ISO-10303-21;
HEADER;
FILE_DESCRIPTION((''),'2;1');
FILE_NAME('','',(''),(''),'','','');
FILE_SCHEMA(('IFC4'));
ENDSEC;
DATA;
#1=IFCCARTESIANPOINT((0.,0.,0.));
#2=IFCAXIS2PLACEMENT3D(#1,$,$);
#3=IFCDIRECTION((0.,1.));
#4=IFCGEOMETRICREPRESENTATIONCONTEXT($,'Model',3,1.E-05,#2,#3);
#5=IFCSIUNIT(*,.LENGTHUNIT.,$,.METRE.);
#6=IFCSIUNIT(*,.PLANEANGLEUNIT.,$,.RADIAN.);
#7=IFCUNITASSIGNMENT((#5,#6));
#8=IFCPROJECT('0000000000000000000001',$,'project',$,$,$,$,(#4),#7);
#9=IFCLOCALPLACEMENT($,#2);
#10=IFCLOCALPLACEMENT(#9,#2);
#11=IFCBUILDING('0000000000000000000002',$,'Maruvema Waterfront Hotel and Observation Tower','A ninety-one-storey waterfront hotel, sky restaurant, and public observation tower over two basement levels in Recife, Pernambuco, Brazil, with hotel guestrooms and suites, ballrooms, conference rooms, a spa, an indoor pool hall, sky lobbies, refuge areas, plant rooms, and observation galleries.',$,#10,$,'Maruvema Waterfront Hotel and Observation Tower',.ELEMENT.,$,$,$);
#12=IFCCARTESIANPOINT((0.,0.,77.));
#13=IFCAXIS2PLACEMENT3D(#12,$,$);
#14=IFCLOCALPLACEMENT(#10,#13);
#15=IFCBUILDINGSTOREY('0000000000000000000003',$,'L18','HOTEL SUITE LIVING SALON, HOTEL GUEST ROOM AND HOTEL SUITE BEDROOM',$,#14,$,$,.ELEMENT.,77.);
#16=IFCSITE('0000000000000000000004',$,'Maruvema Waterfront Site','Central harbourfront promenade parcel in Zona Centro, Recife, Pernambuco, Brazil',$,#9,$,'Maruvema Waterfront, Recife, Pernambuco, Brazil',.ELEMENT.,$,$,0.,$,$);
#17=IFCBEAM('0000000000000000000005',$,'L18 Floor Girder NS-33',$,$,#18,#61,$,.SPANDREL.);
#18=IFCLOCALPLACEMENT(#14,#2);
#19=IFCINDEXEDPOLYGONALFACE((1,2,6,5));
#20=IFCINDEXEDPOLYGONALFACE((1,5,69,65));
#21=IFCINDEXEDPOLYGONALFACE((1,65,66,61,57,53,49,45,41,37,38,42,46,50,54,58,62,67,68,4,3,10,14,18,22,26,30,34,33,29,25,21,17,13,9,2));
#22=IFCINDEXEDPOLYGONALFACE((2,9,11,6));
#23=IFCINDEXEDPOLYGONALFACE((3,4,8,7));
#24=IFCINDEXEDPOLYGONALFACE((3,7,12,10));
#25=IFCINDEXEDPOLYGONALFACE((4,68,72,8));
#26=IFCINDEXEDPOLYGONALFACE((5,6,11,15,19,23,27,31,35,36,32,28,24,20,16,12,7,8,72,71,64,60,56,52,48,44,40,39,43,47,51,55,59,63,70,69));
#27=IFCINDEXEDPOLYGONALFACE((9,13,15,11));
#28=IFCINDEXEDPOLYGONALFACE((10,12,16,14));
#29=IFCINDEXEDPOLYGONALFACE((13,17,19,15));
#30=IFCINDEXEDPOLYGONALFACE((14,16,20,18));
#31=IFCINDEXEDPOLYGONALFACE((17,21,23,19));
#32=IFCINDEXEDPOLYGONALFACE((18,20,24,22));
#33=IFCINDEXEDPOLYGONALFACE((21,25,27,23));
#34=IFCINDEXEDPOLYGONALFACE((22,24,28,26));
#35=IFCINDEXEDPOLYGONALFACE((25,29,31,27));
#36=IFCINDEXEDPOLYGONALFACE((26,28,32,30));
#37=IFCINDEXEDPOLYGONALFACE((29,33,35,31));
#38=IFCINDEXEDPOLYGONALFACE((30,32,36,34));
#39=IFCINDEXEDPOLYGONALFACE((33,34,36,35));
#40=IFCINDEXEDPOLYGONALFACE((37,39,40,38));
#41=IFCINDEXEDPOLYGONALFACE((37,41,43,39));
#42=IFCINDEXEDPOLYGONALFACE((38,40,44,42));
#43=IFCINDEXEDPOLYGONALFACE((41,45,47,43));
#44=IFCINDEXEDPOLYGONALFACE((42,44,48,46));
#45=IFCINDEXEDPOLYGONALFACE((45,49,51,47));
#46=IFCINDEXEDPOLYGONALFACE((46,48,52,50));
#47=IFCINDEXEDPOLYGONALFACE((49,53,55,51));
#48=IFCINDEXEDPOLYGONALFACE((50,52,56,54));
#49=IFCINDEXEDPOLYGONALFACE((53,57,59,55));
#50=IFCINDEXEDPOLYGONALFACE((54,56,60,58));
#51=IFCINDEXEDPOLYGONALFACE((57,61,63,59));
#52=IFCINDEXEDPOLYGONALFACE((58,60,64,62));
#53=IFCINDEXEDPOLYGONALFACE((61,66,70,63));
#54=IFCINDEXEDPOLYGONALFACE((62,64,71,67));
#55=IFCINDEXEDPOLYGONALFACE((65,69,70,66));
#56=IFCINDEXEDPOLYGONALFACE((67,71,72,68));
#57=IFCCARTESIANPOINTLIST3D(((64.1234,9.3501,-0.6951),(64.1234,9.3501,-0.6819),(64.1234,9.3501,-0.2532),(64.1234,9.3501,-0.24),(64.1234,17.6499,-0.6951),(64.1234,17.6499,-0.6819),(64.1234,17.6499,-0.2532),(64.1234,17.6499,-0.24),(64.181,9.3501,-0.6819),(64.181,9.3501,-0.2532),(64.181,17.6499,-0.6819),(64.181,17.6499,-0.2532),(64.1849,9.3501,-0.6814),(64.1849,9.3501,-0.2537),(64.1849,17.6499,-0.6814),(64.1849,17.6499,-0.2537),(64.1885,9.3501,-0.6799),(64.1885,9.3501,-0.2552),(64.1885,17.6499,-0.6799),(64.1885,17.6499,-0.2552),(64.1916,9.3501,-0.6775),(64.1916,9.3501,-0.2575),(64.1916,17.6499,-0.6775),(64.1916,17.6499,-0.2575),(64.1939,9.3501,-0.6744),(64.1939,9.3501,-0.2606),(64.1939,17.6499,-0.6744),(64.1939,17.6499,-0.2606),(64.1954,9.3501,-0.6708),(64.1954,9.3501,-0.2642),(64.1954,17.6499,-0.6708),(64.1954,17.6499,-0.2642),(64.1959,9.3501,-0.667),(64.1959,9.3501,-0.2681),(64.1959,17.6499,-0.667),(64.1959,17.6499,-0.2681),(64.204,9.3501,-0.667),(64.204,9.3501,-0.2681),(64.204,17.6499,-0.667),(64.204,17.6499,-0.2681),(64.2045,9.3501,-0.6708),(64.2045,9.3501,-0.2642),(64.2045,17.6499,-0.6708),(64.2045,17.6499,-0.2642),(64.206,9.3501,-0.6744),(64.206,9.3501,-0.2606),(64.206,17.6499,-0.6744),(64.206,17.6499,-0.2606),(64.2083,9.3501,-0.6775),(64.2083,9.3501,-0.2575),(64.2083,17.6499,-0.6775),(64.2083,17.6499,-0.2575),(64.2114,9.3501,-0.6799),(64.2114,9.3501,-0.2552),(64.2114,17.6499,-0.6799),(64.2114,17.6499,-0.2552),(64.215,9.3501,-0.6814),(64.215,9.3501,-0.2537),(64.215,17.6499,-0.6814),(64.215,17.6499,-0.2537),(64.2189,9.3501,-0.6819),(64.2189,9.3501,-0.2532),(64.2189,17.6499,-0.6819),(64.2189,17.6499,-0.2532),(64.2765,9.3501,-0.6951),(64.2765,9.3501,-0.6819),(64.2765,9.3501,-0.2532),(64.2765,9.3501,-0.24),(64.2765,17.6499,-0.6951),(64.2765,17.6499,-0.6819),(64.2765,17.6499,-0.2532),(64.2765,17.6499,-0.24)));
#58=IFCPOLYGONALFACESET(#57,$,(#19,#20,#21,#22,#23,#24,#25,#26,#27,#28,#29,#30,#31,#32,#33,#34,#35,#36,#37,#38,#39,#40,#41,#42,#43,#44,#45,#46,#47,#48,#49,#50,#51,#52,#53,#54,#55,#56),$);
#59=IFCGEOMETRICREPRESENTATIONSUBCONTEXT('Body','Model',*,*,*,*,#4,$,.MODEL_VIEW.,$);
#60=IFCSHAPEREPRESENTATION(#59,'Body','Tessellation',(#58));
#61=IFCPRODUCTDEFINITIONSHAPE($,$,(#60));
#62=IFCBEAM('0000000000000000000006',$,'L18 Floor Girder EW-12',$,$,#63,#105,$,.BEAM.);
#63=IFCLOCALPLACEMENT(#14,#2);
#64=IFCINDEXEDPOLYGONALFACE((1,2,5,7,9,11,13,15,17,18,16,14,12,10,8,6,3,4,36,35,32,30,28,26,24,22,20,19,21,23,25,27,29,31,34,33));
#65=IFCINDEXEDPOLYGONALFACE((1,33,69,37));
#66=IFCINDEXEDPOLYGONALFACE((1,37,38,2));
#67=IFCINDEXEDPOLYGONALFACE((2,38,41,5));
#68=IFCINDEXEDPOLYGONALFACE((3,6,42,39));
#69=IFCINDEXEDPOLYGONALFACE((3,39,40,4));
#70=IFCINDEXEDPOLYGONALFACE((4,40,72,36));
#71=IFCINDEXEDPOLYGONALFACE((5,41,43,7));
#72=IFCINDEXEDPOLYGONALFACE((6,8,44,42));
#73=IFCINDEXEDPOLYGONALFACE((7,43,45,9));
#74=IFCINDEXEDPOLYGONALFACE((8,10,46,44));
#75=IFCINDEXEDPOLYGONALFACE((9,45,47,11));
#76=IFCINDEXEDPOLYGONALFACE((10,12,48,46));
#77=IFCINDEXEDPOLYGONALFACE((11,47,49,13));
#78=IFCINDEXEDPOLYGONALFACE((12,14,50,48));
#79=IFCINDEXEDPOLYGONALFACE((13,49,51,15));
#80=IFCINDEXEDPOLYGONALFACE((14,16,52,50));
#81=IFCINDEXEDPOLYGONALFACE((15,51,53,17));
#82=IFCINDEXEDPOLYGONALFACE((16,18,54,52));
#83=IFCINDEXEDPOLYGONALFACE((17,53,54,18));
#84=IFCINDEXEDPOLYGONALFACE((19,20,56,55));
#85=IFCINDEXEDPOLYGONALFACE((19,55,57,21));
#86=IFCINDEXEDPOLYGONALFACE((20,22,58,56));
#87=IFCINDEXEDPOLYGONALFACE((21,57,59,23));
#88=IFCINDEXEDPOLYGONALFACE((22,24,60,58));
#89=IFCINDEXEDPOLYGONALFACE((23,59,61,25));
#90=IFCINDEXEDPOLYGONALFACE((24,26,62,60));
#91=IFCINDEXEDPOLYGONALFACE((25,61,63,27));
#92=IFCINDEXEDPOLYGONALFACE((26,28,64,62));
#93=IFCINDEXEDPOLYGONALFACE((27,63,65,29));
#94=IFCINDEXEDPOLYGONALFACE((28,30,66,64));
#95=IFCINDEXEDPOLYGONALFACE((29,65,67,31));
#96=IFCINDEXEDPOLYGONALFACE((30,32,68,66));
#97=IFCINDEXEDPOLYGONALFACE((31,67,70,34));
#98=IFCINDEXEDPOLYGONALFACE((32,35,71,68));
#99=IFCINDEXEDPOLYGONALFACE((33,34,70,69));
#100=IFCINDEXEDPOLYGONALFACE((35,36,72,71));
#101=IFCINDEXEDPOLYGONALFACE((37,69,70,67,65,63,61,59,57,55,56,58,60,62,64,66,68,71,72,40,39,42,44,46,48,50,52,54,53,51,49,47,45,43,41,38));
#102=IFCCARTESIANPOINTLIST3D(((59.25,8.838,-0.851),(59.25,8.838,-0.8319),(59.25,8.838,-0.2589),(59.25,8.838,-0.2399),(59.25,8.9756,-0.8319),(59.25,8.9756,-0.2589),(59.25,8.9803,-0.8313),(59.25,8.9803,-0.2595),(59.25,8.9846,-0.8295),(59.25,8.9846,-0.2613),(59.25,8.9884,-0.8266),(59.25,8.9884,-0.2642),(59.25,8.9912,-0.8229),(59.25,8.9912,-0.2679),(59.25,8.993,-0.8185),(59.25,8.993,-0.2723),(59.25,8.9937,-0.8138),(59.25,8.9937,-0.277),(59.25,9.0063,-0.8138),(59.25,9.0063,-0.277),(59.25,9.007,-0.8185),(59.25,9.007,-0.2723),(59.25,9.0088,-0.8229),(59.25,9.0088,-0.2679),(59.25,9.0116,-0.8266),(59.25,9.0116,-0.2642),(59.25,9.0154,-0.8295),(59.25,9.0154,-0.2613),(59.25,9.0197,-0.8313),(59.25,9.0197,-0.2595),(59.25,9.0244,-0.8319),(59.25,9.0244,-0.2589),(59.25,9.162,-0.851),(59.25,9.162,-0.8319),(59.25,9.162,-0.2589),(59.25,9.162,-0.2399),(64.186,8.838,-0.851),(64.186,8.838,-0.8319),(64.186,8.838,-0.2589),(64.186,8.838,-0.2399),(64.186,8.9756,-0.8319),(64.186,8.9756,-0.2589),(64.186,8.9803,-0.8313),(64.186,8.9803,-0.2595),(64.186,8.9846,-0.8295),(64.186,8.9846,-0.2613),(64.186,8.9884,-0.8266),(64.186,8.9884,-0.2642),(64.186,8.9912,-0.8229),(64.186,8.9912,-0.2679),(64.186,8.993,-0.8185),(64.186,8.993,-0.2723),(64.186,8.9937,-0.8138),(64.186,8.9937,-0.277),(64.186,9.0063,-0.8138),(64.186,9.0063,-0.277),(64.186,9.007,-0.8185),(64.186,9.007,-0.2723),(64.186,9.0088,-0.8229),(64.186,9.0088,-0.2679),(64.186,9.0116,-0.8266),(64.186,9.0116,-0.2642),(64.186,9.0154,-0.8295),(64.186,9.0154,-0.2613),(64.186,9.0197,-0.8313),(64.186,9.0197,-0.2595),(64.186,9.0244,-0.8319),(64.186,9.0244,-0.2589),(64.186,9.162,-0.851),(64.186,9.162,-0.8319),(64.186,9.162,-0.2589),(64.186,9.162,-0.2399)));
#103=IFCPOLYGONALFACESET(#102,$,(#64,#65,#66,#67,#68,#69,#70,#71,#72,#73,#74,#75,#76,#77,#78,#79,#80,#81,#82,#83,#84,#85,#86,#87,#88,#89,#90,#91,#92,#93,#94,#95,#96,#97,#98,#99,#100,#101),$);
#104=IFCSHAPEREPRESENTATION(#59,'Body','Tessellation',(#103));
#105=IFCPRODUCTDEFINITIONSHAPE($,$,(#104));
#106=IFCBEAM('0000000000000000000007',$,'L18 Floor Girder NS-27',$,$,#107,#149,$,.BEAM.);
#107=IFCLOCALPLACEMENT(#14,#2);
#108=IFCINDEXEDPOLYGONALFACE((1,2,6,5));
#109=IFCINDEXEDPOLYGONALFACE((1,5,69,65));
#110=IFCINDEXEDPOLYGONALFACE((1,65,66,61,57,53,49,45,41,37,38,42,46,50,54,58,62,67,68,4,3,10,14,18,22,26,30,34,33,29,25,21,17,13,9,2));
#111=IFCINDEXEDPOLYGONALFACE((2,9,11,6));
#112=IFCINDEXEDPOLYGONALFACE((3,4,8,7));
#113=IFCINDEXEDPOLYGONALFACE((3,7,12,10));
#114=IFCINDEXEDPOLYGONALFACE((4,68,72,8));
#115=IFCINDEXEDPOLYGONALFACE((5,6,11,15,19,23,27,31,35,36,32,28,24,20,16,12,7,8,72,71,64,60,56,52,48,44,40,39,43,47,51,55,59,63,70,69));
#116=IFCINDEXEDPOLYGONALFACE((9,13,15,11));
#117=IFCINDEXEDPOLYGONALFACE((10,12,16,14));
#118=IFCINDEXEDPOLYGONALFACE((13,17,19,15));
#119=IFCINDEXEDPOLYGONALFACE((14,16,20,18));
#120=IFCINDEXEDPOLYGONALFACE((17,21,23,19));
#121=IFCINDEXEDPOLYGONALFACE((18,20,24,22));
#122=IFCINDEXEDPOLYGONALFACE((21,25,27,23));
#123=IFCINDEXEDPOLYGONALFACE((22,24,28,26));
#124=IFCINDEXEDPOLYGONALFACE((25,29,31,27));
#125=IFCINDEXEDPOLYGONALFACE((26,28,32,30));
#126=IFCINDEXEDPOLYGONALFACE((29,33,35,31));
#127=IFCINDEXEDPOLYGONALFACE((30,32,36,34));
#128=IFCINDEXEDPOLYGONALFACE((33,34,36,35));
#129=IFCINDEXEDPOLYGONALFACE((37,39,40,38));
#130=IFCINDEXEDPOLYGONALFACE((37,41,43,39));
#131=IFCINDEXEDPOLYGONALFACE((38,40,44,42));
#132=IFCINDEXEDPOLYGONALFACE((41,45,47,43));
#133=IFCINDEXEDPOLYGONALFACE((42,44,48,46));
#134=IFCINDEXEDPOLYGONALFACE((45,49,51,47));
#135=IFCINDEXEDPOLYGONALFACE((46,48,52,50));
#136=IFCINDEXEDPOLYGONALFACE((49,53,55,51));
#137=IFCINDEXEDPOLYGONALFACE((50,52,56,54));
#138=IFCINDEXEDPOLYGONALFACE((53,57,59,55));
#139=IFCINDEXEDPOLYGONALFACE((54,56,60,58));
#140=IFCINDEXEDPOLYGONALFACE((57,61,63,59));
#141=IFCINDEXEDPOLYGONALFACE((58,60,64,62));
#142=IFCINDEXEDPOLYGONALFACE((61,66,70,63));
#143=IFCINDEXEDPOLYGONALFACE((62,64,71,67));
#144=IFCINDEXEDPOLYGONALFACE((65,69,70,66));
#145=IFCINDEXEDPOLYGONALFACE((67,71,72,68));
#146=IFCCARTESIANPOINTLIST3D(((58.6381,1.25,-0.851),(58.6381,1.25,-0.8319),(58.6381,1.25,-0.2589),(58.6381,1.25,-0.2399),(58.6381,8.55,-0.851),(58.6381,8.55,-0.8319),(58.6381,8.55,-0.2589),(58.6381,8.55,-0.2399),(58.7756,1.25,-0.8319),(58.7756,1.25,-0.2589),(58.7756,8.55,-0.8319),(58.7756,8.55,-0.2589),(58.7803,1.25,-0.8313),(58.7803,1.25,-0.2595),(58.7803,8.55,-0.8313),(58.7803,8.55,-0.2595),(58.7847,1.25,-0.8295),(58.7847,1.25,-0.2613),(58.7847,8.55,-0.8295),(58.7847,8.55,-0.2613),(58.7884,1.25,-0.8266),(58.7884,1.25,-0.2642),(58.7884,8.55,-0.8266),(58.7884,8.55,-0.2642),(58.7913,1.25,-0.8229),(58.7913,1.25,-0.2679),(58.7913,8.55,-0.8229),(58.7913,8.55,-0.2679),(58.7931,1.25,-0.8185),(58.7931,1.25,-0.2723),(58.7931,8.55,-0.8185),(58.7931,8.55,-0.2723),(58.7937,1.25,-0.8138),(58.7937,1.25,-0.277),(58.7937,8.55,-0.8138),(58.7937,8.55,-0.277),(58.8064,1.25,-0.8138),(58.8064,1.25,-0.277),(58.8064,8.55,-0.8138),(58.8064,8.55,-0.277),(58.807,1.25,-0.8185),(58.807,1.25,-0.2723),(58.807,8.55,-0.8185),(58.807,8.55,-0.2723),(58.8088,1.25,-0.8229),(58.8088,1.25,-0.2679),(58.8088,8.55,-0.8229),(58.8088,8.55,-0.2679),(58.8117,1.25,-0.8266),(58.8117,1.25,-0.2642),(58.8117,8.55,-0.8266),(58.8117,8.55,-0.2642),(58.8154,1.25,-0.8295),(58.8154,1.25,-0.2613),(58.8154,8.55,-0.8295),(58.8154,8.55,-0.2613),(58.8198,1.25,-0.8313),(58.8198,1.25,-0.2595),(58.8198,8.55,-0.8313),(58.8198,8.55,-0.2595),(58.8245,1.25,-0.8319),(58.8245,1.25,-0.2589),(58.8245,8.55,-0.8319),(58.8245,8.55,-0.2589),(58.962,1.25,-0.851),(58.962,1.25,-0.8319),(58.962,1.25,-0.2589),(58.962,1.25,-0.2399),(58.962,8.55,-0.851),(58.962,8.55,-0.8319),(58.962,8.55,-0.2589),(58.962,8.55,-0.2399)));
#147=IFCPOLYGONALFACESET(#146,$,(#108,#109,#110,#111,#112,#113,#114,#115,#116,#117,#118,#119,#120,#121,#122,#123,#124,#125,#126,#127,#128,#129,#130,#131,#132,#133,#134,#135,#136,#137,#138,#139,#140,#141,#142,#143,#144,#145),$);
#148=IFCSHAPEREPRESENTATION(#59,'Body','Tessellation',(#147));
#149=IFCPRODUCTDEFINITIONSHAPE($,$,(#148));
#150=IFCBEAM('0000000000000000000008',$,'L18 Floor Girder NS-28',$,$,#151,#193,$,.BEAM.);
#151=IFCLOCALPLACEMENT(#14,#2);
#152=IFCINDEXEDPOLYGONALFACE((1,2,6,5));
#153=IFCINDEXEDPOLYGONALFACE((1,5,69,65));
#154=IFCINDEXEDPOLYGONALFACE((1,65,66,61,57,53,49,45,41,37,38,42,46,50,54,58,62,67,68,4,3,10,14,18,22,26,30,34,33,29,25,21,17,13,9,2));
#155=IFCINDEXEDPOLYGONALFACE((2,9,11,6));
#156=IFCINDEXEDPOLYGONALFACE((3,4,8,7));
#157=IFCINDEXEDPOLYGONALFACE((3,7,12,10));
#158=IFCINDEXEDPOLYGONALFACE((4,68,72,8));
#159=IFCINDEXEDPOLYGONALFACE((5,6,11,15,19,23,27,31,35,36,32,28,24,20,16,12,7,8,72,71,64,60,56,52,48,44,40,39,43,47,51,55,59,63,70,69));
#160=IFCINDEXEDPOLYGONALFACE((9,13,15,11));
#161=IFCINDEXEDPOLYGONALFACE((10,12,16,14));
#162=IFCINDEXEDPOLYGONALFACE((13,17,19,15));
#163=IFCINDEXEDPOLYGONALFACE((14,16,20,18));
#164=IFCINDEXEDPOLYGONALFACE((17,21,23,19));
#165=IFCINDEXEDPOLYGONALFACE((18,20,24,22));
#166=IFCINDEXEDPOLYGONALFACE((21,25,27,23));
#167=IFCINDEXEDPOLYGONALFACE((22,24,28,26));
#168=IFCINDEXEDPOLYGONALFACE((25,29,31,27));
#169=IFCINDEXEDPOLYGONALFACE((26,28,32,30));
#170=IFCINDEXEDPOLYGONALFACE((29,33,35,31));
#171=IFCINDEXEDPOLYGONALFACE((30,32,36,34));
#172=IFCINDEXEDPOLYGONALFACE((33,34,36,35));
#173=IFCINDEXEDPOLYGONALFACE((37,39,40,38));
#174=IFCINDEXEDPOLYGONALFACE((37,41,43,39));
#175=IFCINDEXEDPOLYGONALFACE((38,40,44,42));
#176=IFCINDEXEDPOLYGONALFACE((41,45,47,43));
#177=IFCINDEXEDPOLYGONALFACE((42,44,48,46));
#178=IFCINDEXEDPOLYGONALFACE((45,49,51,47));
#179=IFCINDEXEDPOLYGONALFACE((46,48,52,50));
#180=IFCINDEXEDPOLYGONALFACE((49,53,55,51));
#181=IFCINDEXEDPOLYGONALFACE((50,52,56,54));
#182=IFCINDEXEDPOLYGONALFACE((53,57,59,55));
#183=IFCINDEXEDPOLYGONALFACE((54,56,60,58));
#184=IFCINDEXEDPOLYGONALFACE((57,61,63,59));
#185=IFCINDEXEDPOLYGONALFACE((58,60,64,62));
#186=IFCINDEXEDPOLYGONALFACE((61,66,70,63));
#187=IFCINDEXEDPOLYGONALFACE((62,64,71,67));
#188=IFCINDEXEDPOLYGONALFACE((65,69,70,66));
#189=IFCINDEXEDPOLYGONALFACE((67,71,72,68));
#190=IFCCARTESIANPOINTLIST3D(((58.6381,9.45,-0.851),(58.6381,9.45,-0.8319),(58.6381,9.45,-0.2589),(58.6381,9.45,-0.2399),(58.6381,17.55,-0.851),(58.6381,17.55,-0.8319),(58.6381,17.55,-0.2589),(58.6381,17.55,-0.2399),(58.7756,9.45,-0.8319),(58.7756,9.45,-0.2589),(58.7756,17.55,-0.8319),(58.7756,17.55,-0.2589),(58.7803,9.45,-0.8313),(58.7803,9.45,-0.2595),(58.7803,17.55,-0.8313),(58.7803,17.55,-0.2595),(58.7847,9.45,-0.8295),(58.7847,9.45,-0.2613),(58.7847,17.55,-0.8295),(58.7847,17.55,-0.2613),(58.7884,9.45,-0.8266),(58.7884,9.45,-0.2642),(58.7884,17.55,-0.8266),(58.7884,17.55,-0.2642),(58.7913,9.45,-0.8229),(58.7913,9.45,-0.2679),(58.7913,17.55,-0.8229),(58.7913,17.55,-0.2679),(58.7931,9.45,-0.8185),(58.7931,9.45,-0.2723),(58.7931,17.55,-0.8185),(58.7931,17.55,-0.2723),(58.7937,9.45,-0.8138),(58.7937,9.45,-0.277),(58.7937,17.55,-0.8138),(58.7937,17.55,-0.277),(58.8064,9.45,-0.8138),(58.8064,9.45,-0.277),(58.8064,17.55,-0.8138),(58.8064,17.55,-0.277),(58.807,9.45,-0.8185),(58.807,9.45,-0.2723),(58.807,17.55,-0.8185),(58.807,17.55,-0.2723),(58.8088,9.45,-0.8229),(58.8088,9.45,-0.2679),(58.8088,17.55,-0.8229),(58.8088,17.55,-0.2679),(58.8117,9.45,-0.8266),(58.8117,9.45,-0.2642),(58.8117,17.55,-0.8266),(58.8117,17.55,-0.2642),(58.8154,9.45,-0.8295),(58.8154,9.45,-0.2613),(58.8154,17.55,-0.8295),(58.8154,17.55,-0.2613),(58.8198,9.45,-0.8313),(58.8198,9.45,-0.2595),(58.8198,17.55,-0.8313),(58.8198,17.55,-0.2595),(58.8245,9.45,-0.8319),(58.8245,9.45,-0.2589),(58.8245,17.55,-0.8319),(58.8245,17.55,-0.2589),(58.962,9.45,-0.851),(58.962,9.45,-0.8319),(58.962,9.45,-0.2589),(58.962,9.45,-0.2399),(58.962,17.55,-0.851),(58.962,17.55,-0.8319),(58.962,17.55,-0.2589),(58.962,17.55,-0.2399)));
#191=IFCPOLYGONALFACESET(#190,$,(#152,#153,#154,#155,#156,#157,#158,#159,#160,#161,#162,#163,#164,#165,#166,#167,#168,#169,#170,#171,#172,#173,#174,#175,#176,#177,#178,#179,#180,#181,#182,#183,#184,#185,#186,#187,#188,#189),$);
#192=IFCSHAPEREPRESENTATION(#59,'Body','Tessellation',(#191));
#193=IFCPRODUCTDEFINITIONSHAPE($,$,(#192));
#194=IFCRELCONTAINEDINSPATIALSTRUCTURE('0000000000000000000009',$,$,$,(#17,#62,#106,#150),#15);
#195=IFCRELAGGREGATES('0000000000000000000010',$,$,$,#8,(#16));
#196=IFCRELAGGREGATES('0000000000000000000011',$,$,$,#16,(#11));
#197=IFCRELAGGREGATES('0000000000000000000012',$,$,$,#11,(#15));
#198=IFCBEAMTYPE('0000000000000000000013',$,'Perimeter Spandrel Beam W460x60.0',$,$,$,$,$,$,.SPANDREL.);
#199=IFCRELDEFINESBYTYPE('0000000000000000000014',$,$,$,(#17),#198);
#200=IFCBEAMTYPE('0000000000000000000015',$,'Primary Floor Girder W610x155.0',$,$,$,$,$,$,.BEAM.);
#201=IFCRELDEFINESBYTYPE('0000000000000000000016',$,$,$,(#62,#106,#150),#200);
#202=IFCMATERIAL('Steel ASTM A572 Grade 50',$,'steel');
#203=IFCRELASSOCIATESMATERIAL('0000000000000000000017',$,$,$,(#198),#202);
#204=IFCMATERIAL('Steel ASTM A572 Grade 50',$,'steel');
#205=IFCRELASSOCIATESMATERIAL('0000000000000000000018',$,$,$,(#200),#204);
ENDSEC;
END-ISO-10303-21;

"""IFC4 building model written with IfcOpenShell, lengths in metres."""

from ifc_helpers import new_model, si_unit, direction, frame, origin, origin_2d, place, context, subcontext, project, spatial, i_section, extrude, material, material_profile, profile_set, type_object, element, save


model = new_model("IFC4")

# Units and contexts
model_context = context("Model", 3, precision=1e-05, world=origin(), true_north=direction((0.0, 1.0)))
body_context = subcontext(model_context, "Body", "Model", "MODEL_VIEW")
ifc_project = project(units=[si_unit("LENGTHUNIT", "METRE"), si_unit("PLANEANGLEUNIT", "RADIAN")], contexts=[model_context])

# Site, building, storey
site_placement = place(None, origin())
site = spatial("IfcSite", under=ifc_project, at=site_placement, Name="Maruvema Waterfront Site", Description="Central harbourfront promenade parcel in Zona Centro, Recife, Pernambuco, Brazil", LongName="Maruvema Waterfront, Recife, Pernambuco, Brazil", CompositionType="ELEMENT", RefElevation=0.0)
building_placement = place(site_placement, origin())
building = spatial("IfcBuilding", under=site, at=building_placement, Name="Maruvema Waterfront Hotel and Observation Tower", Description="A ninety-one-storey waterfront hotel, sky restaurant, and public observation tower over two basement levels in Recife, Pernambuco, Brazil, with hotel guestrooms and suites, ballrooms, conference rooms, a spa, an indoor pool hall, sky lobbies, refuge areas, plant rooms, and observation galleries.", LongName="Maruvema Waterfront Hotel and Observation Tower", CompositionType="ELEMENT")
storey_placement = place(building_placement, frame((0.0, 0.0, 77.0)))
storey = spatial("IfcBuildingStorey", under=building, at=storey_placement, Name="L18", Description="HOTEL SUITE LIVING SALON, HOTEL GUEST ROOM AND HOTEL SUITE BEDROOM", CompositionType="ELEMENT", Elevation=77.0)

# Beams
ifc_material_1 = material(Name="Steel ASTM A572 Grade 50", Category="steel")
ifc_material_profile_1 = material_profile(ifc_material_1, i_section(OverallWidth=0.1531, OverallDepth=0.4551, WebThickness=0.0081, FlangeThickness=0.0132, FilletRadius=0.0149, at=origin_2d()), Name="W460x60.0")
ifc_profile_set_1 = profile_set([ifc_material_profile_1], Name="Steel ASTM A572 Grade 50")
beam_type_1 = type_object("IfcBeamType", Name="Perimeter Spandrel Beam W460x60.0", PredefinedType="SPANDREL", material=ifc_profile_set_1)
beam_1_placement = place(storey_placement, frame((64.2, 9.3501, -0.4675), z_axis=(0.0, 1.0, 0.0), x_axis=(-1.0, 0.0, 0.0)))
element("IfcBeam", 1, at=beam_1_placement, inside=storey, type_object=beam_type_1, Name="L18 Floor Girder NS-33", PredefinedType="SPANDREL", context=body_context, shape_type="SweptSolid", body=[
    extrude(i_section(OverallWidth=0.1531, OverallDepth=0.4551, WebThickness=0.0081, FlangeThickness=0.0132, FilletRadius=0.0149, at=origin_2d()), origin(), (0.0, 0.0, 1.0), 8.2998),
])
ifc_material_2 = material(Name="Steel ASTM A572 Grade 50", Category="steel")
ifc_material_profile_2 = material_profile(ifc_material_2, i_section(OverallWidth=0.324, OverallDepth=0.6111, WebThickness=0.0127, FlangeThickness=0.019, FilletRadius=0.0181, at=origin_2d()), Name="W610x155.0")
ifc_profile_set_2 = profile_set([ifc_material_profile_2], Name="Steel ASTM A572 Grade 50")
beam_type_2 = type_object("IfcBeamType", Name="Primary Floor Girder W610x155.0", PredefinedType="BEAM", material=ifc_profile_set_2)
beam_2_placement = place(storey_placement, frame((59.25, 9.0, -0.5454), z_axis=(1.0, 0.0, 0.0), x_axis=(0.0, 1.0, 0.0)))
element("IfcBeam", 2, at=beam_2_placement, inside=storey, type_object=beam_type_2, Name="L18 Floor Girder EW-12", PredefinedType="BEAM", context=body_context, shape_type="SweptSolid", body=[
    extrude(i_section(OverallWidth=0.324, OverallDepth=0.6111, WebThickness=0.0127, FlangeThickness=0.019, FilletRadius=0.0181, at=origin_2d()), origin(), (0.0, 0.0, 1.0), 4.936),
])
beam_3_placement = place(storey_placement, frame((58.8, 1.25, -0.5454), z_axis=(0.0, 1.0, 0.0), x_axis=(-1.0, 0.0, 0.0)))
element("IfcBeam", 3, at=beam_3_placement, inside=storey, type_object=beam_type_2, Name="L18 Floor Girder NS-27", PredefinedType="BEAM", context=body_context, shape_type="SweptSolid", body=[
    extrude(i_section(OverallWidth=0.324, OverallDepth=0.6111, WebThickness=0.0127, FlangeThickness=0.019, FilletRadius=0.0181, at=origin_2d()), origin(), (0.0, 0.0, 1.0), 7.3),
])
beam_4_placement = place(storey_placement, frame((58.8, 9.45, -0.5454), z_axis=(0.0, 1.0, 0.0), x_axis=(-1.0, 0.0, 0.0)))
element("IfcBeam", 4, at=beam_4_placement, inside=storey, type_object=beam_type_2, Name="L18 Floor Girder NS-28", PredefinedType="BEAM", context=body_context, shape_type="SweptSolid", body=[
    extrude(i_section(OverallWidth=0.324, OverallDepth=0.6111, WebThickness=0.0127, FlangeThickness=0.019, FilletRadius=0.0181, at=origin_2d()), origin(), (0.0, 0.0, 1.0), 8.1001),
])

save(model, "model.ifc")
